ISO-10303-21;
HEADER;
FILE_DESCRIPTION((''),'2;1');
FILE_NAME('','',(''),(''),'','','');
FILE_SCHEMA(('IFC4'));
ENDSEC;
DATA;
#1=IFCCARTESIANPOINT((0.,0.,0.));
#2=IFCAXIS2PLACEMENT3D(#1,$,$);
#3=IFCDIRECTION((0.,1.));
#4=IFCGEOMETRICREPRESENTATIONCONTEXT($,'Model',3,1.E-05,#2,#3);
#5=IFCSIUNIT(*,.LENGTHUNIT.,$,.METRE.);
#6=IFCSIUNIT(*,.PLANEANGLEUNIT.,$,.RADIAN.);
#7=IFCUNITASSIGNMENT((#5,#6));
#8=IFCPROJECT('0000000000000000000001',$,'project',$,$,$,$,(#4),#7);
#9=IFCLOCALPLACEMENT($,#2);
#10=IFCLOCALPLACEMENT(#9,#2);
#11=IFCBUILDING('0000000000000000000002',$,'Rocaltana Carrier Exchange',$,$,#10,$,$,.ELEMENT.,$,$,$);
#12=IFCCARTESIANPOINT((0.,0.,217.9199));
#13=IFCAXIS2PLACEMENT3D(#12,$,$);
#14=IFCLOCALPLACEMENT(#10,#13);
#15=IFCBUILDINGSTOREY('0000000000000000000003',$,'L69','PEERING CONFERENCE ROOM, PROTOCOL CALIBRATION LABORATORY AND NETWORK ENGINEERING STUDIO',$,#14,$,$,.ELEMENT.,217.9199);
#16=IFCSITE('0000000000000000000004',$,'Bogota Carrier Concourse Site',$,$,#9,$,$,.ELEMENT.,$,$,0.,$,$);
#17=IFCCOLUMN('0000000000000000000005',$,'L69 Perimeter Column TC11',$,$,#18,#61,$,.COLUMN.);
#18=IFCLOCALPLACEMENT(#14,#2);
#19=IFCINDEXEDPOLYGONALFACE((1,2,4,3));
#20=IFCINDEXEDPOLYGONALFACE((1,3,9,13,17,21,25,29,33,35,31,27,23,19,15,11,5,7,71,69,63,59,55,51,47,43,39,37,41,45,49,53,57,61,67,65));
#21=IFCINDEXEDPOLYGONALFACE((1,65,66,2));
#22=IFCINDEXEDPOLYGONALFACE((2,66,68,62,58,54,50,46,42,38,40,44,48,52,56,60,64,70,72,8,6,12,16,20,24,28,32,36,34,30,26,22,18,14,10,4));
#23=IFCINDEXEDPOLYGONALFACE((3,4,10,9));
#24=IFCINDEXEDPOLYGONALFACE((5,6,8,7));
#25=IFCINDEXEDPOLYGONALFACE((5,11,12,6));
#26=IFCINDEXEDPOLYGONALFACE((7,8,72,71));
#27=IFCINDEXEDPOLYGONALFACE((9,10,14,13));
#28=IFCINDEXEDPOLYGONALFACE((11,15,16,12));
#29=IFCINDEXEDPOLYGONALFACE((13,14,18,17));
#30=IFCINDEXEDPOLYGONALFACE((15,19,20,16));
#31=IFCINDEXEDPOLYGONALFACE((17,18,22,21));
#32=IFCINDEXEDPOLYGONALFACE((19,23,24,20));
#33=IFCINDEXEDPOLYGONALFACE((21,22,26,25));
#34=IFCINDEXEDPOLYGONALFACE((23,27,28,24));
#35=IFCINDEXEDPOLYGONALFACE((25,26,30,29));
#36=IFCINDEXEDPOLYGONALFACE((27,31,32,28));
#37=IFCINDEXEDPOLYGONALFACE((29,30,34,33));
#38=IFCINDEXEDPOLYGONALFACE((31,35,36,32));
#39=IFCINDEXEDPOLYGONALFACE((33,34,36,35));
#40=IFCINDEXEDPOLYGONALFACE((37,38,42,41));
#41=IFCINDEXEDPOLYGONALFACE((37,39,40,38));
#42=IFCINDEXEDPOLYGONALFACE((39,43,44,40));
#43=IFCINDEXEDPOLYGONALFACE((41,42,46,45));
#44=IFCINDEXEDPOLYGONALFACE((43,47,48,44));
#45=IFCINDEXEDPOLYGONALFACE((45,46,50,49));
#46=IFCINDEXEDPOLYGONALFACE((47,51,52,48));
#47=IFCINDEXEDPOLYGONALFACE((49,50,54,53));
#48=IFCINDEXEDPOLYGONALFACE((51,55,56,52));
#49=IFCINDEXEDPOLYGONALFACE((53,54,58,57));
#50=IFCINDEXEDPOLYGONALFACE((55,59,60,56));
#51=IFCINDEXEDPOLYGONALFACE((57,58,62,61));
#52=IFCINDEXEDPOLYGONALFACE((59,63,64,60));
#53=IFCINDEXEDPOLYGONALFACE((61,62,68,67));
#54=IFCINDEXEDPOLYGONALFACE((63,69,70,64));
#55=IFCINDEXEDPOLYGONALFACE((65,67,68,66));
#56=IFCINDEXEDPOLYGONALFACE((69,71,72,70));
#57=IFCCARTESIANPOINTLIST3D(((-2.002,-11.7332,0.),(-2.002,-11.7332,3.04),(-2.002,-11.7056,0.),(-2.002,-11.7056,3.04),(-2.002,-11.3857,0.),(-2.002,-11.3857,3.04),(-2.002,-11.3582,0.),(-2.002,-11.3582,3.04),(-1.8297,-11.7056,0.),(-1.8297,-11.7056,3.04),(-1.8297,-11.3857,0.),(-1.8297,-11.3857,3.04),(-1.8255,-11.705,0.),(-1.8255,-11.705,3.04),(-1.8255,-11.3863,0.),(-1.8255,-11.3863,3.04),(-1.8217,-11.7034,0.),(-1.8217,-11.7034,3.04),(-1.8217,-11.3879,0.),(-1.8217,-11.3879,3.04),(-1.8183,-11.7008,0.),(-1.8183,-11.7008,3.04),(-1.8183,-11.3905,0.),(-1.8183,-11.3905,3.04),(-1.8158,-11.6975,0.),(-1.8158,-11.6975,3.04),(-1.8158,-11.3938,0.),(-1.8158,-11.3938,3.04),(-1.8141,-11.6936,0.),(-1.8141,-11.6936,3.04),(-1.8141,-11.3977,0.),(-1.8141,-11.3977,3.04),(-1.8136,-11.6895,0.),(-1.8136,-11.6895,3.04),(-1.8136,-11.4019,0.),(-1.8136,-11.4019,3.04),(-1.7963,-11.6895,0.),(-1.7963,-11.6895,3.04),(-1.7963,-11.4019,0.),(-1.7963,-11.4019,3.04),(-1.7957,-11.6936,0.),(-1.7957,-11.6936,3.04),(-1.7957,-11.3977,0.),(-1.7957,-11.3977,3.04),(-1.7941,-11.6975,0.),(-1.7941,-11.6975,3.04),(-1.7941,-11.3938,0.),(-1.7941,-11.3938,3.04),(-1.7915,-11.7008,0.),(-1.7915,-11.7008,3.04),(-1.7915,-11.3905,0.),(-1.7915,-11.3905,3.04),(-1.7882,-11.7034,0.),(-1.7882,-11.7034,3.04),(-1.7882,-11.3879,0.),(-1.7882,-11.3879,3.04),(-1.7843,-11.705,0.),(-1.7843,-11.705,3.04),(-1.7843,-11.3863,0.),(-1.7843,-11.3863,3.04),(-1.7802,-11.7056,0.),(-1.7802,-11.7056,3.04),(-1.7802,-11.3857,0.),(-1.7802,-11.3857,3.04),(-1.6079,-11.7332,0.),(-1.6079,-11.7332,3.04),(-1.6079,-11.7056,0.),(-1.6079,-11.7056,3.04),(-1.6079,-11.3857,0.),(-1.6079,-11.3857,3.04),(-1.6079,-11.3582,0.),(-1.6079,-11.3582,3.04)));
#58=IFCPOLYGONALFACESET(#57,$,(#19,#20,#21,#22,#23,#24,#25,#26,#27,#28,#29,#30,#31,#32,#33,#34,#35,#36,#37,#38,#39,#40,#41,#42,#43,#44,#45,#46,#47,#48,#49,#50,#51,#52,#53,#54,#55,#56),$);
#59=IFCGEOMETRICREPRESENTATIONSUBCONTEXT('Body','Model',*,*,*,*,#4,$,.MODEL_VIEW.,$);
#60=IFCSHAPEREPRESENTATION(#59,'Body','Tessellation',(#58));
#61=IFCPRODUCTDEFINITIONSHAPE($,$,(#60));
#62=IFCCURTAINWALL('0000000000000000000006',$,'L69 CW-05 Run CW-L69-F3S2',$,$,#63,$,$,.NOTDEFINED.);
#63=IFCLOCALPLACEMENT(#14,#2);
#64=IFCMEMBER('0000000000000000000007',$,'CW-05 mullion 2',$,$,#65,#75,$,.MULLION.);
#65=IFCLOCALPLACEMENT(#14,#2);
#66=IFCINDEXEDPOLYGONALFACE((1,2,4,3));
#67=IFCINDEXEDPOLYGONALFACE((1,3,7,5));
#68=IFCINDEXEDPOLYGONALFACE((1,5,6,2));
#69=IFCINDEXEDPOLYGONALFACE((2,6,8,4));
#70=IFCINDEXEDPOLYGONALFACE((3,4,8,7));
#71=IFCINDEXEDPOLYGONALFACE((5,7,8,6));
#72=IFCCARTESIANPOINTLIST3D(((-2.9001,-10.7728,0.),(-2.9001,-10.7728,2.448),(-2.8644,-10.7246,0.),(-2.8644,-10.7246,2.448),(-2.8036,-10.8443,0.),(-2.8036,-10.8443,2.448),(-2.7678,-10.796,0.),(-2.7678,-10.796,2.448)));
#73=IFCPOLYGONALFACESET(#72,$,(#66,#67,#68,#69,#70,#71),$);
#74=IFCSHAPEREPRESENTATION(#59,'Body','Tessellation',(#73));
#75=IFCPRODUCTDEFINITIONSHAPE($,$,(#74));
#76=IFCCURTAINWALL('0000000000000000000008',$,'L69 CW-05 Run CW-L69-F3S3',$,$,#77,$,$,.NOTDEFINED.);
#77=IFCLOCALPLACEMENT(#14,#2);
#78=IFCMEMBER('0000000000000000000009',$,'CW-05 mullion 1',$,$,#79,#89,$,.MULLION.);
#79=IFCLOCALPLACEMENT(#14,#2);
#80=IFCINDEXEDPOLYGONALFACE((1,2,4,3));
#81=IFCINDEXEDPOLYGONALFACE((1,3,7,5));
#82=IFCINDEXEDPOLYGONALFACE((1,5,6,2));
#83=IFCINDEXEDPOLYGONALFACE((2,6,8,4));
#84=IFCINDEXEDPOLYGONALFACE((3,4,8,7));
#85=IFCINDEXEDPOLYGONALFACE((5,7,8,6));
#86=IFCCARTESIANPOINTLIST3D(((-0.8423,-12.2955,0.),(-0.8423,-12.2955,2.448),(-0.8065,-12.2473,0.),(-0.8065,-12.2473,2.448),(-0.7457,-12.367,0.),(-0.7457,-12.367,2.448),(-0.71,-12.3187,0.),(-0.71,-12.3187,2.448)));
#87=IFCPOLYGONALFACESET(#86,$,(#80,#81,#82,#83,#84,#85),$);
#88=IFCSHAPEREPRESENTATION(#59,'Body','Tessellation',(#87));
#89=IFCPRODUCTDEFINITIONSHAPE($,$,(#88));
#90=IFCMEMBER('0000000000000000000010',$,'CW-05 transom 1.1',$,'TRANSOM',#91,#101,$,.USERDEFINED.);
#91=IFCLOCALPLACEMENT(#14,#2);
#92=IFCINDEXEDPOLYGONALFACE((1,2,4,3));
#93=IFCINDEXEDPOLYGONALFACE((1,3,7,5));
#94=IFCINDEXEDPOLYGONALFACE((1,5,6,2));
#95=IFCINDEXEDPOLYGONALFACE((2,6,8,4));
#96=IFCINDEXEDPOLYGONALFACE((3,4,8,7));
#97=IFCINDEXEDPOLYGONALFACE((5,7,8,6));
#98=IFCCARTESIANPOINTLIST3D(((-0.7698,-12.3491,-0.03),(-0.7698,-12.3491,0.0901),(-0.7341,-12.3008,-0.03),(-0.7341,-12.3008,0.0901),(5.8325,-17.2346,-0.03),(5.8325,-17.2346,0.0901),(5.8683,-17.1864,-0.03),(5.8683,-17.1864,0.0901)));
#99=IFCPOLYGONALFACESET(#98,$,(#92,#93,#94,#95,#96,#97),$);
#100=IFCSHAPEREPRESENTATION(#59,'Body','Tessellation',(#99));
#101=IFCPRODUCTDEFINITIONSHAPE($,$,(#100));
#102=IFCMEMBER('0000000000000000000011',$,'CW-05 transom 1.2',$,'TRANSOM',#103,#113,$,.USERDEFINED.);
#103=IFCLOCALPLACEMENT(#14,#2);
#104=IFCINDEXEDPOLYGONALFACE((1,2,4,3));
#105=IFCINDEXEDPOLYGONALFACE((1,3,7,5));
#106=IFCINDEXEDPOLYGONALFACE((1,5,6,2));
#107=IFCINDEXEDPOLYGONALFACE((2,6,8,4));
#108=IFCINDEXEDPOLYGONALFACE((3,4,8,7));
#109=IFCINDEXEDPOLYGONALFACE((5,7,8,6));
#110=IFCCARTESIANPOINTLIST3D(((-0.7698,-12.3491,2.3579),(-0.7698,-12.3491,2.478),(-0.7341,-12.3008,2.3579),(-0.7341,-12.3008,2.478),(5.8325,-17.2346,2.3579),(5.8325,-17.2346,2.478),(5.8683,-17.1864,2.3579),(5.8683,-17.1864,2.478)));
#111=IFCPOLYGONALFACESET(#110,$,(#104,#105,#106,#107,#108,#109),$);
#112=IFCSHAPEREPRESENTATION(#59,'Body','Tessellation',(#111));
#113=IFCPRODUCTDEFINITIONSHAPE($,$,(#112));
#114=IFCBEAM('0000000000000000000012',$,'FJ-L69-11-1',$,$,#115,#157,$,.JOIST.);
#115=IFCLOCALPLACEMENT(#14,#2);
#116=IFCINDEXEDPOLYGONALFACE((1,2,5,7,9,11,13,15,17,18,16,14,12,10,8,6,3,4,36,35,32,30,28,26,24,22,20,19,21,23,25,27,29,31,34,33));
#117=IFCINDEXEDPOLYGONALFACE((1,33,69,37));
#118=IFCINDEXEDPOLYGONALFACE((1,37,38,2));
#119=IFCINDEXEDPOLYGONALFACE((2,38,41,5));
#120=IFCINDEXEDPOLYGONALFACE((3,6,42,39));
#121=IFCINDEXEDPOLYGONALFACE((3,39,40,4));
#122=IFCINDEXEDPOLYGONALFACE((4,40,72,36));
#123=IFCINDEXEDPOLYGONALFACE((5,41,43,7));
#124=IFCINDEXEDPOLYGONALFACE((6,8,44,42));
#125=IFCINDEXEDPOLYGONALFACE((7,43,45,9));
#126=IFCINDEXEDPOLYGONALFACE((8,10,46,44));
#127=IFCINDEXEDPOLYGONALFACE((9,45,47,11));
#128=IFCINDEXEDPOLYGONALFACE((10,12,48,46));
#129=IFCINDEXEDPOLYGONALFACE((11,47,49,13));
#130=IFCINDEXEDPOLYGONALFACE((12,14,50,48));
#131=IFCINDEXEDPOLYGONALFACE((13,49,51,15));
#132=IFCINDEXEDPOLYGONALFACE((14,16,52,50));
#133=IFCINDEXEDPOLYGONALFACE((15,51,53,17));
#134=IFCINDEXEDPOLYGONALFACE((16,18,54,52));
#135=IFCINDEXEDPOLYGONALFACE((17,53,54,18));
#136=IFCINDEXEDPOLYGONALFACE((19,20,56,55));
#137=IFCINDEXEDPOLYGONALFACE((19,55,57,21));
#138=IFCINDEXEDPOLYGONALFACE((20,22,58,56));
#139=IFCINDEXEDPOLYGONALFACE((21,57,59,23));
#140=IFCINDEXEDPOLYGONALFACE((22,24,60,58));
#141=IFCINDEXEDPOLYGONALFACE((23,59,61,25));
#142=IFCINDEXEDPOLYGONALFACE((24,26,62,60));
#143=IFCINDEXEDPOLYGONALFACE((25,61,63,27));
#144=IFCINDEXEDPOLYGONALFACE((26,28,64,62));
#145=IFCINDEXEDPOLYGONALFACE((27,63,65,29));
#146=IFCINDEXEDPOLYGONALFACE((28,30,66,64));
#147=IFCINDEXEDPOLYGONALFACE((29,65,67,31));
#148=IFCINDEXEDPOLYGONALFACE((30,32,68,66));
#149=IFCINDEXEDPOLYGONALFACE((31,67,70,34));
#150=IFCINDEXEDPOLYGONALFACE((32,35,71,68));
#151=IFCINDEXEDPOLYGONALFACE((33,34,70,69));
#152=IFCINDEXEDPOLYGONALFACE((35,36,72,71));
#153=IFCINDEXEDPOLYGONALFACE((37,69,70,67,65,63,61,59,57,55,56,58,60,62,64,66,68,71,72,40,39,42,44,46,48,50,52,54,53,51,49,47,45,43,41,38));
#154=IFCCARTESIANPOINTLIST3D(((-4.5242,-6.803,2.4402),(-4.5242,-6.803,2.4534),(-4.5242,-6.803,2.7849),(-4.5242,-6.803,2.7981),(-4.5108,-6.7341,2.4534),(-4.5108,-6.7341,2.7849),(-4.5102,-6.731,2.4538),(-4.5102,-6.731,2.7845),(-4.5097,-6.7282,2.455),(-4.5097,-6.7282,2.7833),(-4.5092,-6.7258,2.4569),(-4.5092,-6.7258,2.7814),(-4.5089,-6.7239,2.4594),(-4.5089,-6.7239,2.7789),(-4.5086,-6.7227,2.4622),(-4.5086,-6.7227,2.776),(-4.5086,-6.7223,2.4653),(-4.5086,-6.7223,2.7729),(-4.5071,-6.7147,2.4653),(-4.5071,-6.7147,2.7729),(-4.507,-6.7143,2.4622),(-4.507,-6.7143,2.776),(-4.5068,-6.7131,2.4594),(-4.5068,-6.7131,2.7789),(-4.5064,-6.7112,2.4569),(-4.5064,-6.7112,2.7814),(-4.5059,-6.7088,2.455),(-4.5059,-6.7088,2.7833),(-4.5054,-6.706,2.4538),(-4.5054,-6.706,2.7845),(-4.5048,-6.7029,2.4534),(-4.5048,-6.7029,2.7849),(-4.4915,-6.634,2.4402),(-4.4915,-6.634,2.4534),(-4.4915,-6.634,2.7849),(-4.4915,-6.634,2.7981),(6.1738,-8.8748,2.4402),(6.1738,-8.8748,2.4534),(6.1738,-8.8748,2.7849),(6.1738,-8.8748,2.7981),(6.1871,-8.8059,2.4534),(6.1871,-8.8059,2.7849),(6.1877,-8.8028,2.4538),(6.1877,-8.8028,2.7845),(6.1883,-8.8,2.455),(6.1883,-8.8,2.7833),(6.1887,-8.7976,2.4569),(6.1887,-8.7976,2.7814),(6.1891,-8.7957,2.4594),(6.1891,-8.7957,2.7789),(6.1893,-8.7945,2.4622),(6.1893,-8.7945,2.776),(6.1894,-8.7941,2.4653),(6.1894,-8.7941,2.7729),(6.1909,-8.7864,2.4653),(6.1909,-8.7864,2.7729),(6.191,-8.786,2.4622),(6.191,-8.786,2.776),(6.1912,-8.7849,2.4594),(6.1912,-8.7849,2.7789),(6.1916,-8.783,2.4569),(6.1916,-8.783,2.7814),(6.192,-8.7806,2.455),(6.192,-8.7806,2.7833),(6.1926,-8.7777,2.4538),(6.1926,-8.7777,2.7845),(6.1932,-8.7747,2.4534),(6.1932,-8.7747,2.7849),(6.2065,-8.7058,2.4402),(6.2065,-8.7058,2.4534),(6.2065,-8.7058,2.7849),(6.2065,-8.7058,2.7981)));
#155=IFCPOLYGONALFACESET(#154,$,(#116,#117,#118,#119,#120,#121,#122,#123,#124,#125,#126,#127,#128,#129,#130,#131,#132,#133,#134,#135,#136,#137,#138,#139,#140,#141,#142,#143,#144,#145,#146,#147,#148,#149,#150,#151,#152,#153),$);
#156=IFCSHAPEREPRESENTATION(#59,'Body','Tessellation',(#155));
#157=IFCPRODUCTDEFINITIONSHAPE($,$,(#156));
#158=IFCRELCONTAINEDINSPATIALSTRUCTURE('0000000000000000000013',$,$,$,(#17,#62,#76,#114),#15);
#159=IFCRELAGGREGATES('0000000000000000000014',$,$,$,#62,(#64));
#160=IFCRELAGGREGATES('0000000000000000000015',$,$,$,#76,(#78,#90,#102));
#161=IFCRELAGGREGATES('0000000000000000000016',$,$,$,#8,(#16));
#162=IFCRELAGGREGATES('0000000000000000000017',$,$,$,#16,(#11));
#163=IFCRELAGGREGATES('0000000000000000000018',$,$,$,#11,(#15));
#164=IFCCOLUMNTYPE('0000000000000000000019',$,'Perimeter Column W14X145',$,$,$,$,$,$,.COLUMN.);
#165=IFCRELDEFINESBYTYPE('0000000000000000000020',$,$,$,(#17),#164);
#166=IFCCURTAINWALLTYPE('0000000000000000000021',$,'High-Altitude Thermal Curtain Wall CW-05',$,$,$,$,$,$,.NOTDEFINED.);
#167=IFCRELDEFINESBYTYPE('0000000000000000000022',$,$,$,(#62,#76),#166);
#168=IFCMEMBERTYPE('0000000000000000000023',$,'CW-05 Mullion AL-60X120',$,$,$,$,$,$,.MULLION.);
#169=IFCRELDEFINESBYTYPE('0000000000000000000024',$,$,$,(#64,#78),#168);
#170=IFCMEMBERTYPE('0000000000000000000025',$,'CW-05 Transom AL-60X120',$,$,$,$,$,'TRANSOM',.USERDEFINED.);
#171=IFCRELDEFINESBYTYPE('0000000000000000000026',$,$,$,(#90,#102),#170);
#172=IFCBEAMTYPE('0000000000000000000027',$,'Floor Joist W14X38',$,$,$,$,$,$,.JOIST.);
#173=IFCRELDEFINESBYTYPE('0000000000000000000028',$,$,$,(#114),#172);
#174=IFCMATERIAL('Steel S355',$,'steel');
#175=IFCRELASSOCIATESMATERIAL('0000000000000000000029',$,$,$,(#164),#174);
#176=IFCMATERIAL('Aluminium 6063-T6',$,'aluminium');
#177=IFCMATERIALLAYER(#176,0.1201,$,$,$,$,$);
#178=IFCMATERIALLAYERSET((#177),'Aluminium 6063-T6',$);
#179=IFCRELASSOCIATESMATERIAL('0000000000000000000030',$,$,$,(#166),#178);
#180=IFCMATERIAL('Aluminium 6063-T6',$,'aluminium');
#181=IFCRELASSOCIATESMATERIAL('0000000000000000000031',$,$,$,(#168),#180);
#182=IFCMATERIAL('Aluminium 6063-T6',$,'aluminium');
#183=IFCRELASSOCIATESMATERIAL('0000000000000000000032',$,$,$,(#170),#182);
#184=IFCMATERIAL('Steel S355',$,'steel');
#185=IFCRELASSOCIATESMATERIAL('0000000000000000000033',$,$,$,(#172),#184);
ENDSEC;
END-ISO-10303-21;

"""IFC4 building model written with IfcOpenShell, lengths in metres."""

from ifc_helpers import new_model, si_unit, direction, frame, origin, origin_2d, place, context, subcontext, project, spatial, rectangle, i_section, extrude, material, layer, layer_set, material_profile, profile_set, type_object, element, aggregate, save


model = new_model("IFC4")

# Units and contexts
model_context = context("Model", 3, precision=1e-05, world=origin(), true_north=direction((0.0, 1.0)))
body_context = subcontext(model_context, "Body", "Model", "MODEL_VIEW")
ifc_project = project(units=[si_unit("LENGTHUNIT", "METRE"), si_unit("PLANEANGLEUNIT", "RADIAN")], contexts=[model_context])

# Site, building, storey
site_placement = place(None, origin())
site = spatial("IfcSite", under=ifc_project, at=site_placement, Name="Bogota Carrier Concourse Site", CompositionType="ELEMENT", RefElevation=0.0)
building_placement = place(site_placement, origin())
building = spatial("IfcBuilding", under=site, at=building_placement, Name="Rocaltana Carrier Exchange", CompositionType="ELEMENT")
storey_placement = place(building_placement, frame((0.0, 0.0, 217.9199)))
storey = spatial("IfcBuildingStorey", under=building, at=storey_placement, Name="L69", Description="PEERING CONFERENCE ROOM, PROTOCOL CALIBRATION LABORATORY AND NETWORK ENGINEERING STUDIO", CompositionType="ELEMENT", Elevation=217.9199)

# Column
ifc_material_1 = material(Name="Steel S355", Category="steel")
ifc_material_profile_1 = material_profile(ifc_material_1, i_section(OverallWidth=0.394, OverallDepth=0.375, WebThickness=0.0173, FlangeThickness=0.0276, FilletRadius=0.0161, at=origin_2d()), Name="W14X145")
ifc_profile_set_1 = profile_set([ifc_material_profile_1], Name="Steel S355")
column_type = type_object("IfcColumnType", Name="Perimeter Column W14X145", PredefinedType="COLUMN", material=ifc_profile_set_1)
column_placement = place(storey_placement, frame((-1.8049, -11.5457, 0.0), z_axis=(0.0, 0.0, 1.0), x_axis=(1.0, 0.0, 0.0)))
element("IfcColumn", 1, at=column_placement, inside=storey, type_object=column_type, Name="L69 Perimeter Column TC11", PredefinedType="COLUMN", context=body_context, shape_type="SweptSolid", body=[
    extrude(i_section(OverallWidth=0.394, OverallDepth=0.375, WebThickness=0.0173, FlangeThickness=0.0276, FilletRadius=0.0161, at=origin_2d()), origin(), (0.0, 0.0, 1.0), 3.04),
])

# Curtain wall, member
ifc_material_2 = material(Name="Aluminium 6063-T6", Category="aluminium")
ifc_layer_1 = layer(ifc_material_2, 0.1201)
ifc_layer_set_1 = layer_set([ifc_layer_1], Name="Aluminium 6063-T6")
curtain_wall_type = type_object("IfcCurtainWallType", Name="High-Altitude Thermal Curtain Wall CW-05", PredefinedType="NOTDEFINED", material=ifc_layer_set_1)
curtain_wall_1_placement = place(storey_placement, origin())
curtain_wall_1 = element("IfcCurtainWall", 2, at=curtain_wall_1_placement, inside=storey, type_object=curtain_wall_type, Name="L69 CW-05 Run CW-L69-F3S2", PredefinedType="NOTDEFINED")
ifc_material_3 = material(Name="Aluminium 6063-T6", Category="aluminium")
ifc_material_profile_2 = material_profile(ifc_material_3, rectangle(XDim=0.0601, YDim=0.1201, at=origin_2d()), Name="AL-60X120")
ifc_profile_set_2 = profile_set([ifc_material_profile_2], Name="Aluminium 6063-T6")
member_type_1 = type_object("IfcMemberType", Name="CW-05 Mullion AL-60X120", PredefinedType="MULLION", material=ifc_profile_set_2)
member_1_placement = place(storey_placement, frame((-2.834, -10.7844, 0.0), z_axis=(0.0, 0.0, 1.0), x_axis=(0.594821, 0.803858, 0.0)))
member_1 = element("IfcMember", 3, at=member_1_placement, type_object=member_type_1, Name="CW-05 mullion 2", PredefinedType="MULLION", context=body_context, shape_type="SweptSolid", body=[
    extrude(rectangle(XDim=0.0601, YDim=0.1201, at=origin_2d()), origin(), (0.0, 0.0, 1.0), 2.448),
])
aggregate(curtain_wall_1, [member_1])

# Curtain wall, members
curtain_wall_2_placement = place(storey_placement, origin())
curtain_wall_2 = element("IfcCurtainWall", 4, at=curtain_wall_2_placement, inside=storey, type_object=curtain_wall_type, Name="L69 CW-05 Run CW-L69-F3S3", PredefinedType="NOTDEFINED")
member_2_placement = place(storey_placement, frame((-0.7761, -12.3071, 0.0), z_axis=(0.0, 0.0, 1.0), x_axis=(0.594827, 0.803854, 0.0)))
member_2 = element("IfcMember", 5, at=member_2_placement, type_object=member_type_1, Name="CW-05 mullion 1", PredefinedType="MULLION", context=body_context, shape_type="SweptSolid", body=[
    extrude(rectangle(XDim=0.0601, YDim=0.1201, at=origin_2d()), origin(), (0.0, 0.0, 1.0), 2.448),
])
ifc_material_4 = material(Name="Aluminium 6063-T6", Category="aluminium")
ifc_material_profile_3 = material_profile(ifc_material_4, rectangle(XDim=0.0601, YDim=0.1201, at=origin_2d()), Name="AL-60X120")
ifc_profile_set_3 = profile_set([ifc_material_profile_3], Name="Aluminium 6063-T6")
member_type_2 = type_object("IfcMemberType", Name="CW-05 Transom AL-60X120", ElementType="TRANSOM", PredefinedType="USERDEFINED", material=ifc_profile_set_3)
member_3_placement = place(storey_placement, frame((-0.752, -12.325, 0.03), z_axis=(0.803854, -0.594827, 0.0), x_axis=(0.594827, 0.803854, 0.0)))
member_3 = element("IfcMember", 6, at=member_3_placement, type_object=member_type_2, Name="CW-05 transom 1.1", ObjectType="TRANSOM", PredefinedType="USERDEFINED", context=body_context, shape_type="SweptSolid", body=[
    extrude(rectangle(XDim=0.0601, YDim=0.1201, at=origin_2d()), origin(), (0.0, 0.0, 1.0), 8.2134),
])
member_4_placement = place(storey_placement, frame((-0.752, -12.325, 2.418), z_axis=(0.803854, -0.594827, 0.0), x_axis=(0.594827, 0.803854, 0.0)))
member_4 = element("IfcMember", 7, at=member_4_placement, type_object=member_type_2, Name="CW-05 transom 1.2", ObjectType="TRANSOM", PredefinedType="USERDEFINED", context=body_context, shape_type="SweptSolid", body=[
    extrude(rectangle(XDim=0.0601, YDim=0.1201, at=origin_2d()), origin(), (0.0, 0.0, 1.0), 8.2134),
])
aggregate(curtain_wall_2, [member_2, member_3, member_4])

# Beam
ifc_material_5 = material(Name="Steel S355", Category="steel")
ifc_material_profile_4 = material_profile(ifc_material_5, i_section(OverallWidth=0.1721, OverallDepth=0.3579, WebThickness=0.0078, FlangeThickness=0.0132, FilletRadius=0.012, at=origin_2d()), Name="W14X38")
ifc_profile_set_4 = profile_set([ifc_material_profile_4], Name="Steel S355")
beam_type_1 = type_object("IfcBeamType", Name="Floor Joist W14X38", PredefinedType="JOIST", material=ifc_profile_set_4)
beam_1_placement = place(storey_placement, frame((-4.5078, -6.7185, 2.6191), z_axis=(0.981759, -0.190128, 0.0), x_axis=(0.190128, 0.981759, 0.0)))
element("IfcBeam", 8, at=beam_1_placement, inside=storey, type_object=beam_type_1, Name="FJ-L69-11-1", PredefinedType="JOIST", context=body_context, shape_type="SweptSolid", body=[
    extrude(i_section(OverallWidth=0.1721, OverallDepth=0.3579, WebThickness=0.0078, FlangeThickness=0.0132, FilletRadius=0.012, at=origin_2d()), origin(), (0.0, 0.0, 1.0), 10.8967),
])

save(model, "model.ifc")
